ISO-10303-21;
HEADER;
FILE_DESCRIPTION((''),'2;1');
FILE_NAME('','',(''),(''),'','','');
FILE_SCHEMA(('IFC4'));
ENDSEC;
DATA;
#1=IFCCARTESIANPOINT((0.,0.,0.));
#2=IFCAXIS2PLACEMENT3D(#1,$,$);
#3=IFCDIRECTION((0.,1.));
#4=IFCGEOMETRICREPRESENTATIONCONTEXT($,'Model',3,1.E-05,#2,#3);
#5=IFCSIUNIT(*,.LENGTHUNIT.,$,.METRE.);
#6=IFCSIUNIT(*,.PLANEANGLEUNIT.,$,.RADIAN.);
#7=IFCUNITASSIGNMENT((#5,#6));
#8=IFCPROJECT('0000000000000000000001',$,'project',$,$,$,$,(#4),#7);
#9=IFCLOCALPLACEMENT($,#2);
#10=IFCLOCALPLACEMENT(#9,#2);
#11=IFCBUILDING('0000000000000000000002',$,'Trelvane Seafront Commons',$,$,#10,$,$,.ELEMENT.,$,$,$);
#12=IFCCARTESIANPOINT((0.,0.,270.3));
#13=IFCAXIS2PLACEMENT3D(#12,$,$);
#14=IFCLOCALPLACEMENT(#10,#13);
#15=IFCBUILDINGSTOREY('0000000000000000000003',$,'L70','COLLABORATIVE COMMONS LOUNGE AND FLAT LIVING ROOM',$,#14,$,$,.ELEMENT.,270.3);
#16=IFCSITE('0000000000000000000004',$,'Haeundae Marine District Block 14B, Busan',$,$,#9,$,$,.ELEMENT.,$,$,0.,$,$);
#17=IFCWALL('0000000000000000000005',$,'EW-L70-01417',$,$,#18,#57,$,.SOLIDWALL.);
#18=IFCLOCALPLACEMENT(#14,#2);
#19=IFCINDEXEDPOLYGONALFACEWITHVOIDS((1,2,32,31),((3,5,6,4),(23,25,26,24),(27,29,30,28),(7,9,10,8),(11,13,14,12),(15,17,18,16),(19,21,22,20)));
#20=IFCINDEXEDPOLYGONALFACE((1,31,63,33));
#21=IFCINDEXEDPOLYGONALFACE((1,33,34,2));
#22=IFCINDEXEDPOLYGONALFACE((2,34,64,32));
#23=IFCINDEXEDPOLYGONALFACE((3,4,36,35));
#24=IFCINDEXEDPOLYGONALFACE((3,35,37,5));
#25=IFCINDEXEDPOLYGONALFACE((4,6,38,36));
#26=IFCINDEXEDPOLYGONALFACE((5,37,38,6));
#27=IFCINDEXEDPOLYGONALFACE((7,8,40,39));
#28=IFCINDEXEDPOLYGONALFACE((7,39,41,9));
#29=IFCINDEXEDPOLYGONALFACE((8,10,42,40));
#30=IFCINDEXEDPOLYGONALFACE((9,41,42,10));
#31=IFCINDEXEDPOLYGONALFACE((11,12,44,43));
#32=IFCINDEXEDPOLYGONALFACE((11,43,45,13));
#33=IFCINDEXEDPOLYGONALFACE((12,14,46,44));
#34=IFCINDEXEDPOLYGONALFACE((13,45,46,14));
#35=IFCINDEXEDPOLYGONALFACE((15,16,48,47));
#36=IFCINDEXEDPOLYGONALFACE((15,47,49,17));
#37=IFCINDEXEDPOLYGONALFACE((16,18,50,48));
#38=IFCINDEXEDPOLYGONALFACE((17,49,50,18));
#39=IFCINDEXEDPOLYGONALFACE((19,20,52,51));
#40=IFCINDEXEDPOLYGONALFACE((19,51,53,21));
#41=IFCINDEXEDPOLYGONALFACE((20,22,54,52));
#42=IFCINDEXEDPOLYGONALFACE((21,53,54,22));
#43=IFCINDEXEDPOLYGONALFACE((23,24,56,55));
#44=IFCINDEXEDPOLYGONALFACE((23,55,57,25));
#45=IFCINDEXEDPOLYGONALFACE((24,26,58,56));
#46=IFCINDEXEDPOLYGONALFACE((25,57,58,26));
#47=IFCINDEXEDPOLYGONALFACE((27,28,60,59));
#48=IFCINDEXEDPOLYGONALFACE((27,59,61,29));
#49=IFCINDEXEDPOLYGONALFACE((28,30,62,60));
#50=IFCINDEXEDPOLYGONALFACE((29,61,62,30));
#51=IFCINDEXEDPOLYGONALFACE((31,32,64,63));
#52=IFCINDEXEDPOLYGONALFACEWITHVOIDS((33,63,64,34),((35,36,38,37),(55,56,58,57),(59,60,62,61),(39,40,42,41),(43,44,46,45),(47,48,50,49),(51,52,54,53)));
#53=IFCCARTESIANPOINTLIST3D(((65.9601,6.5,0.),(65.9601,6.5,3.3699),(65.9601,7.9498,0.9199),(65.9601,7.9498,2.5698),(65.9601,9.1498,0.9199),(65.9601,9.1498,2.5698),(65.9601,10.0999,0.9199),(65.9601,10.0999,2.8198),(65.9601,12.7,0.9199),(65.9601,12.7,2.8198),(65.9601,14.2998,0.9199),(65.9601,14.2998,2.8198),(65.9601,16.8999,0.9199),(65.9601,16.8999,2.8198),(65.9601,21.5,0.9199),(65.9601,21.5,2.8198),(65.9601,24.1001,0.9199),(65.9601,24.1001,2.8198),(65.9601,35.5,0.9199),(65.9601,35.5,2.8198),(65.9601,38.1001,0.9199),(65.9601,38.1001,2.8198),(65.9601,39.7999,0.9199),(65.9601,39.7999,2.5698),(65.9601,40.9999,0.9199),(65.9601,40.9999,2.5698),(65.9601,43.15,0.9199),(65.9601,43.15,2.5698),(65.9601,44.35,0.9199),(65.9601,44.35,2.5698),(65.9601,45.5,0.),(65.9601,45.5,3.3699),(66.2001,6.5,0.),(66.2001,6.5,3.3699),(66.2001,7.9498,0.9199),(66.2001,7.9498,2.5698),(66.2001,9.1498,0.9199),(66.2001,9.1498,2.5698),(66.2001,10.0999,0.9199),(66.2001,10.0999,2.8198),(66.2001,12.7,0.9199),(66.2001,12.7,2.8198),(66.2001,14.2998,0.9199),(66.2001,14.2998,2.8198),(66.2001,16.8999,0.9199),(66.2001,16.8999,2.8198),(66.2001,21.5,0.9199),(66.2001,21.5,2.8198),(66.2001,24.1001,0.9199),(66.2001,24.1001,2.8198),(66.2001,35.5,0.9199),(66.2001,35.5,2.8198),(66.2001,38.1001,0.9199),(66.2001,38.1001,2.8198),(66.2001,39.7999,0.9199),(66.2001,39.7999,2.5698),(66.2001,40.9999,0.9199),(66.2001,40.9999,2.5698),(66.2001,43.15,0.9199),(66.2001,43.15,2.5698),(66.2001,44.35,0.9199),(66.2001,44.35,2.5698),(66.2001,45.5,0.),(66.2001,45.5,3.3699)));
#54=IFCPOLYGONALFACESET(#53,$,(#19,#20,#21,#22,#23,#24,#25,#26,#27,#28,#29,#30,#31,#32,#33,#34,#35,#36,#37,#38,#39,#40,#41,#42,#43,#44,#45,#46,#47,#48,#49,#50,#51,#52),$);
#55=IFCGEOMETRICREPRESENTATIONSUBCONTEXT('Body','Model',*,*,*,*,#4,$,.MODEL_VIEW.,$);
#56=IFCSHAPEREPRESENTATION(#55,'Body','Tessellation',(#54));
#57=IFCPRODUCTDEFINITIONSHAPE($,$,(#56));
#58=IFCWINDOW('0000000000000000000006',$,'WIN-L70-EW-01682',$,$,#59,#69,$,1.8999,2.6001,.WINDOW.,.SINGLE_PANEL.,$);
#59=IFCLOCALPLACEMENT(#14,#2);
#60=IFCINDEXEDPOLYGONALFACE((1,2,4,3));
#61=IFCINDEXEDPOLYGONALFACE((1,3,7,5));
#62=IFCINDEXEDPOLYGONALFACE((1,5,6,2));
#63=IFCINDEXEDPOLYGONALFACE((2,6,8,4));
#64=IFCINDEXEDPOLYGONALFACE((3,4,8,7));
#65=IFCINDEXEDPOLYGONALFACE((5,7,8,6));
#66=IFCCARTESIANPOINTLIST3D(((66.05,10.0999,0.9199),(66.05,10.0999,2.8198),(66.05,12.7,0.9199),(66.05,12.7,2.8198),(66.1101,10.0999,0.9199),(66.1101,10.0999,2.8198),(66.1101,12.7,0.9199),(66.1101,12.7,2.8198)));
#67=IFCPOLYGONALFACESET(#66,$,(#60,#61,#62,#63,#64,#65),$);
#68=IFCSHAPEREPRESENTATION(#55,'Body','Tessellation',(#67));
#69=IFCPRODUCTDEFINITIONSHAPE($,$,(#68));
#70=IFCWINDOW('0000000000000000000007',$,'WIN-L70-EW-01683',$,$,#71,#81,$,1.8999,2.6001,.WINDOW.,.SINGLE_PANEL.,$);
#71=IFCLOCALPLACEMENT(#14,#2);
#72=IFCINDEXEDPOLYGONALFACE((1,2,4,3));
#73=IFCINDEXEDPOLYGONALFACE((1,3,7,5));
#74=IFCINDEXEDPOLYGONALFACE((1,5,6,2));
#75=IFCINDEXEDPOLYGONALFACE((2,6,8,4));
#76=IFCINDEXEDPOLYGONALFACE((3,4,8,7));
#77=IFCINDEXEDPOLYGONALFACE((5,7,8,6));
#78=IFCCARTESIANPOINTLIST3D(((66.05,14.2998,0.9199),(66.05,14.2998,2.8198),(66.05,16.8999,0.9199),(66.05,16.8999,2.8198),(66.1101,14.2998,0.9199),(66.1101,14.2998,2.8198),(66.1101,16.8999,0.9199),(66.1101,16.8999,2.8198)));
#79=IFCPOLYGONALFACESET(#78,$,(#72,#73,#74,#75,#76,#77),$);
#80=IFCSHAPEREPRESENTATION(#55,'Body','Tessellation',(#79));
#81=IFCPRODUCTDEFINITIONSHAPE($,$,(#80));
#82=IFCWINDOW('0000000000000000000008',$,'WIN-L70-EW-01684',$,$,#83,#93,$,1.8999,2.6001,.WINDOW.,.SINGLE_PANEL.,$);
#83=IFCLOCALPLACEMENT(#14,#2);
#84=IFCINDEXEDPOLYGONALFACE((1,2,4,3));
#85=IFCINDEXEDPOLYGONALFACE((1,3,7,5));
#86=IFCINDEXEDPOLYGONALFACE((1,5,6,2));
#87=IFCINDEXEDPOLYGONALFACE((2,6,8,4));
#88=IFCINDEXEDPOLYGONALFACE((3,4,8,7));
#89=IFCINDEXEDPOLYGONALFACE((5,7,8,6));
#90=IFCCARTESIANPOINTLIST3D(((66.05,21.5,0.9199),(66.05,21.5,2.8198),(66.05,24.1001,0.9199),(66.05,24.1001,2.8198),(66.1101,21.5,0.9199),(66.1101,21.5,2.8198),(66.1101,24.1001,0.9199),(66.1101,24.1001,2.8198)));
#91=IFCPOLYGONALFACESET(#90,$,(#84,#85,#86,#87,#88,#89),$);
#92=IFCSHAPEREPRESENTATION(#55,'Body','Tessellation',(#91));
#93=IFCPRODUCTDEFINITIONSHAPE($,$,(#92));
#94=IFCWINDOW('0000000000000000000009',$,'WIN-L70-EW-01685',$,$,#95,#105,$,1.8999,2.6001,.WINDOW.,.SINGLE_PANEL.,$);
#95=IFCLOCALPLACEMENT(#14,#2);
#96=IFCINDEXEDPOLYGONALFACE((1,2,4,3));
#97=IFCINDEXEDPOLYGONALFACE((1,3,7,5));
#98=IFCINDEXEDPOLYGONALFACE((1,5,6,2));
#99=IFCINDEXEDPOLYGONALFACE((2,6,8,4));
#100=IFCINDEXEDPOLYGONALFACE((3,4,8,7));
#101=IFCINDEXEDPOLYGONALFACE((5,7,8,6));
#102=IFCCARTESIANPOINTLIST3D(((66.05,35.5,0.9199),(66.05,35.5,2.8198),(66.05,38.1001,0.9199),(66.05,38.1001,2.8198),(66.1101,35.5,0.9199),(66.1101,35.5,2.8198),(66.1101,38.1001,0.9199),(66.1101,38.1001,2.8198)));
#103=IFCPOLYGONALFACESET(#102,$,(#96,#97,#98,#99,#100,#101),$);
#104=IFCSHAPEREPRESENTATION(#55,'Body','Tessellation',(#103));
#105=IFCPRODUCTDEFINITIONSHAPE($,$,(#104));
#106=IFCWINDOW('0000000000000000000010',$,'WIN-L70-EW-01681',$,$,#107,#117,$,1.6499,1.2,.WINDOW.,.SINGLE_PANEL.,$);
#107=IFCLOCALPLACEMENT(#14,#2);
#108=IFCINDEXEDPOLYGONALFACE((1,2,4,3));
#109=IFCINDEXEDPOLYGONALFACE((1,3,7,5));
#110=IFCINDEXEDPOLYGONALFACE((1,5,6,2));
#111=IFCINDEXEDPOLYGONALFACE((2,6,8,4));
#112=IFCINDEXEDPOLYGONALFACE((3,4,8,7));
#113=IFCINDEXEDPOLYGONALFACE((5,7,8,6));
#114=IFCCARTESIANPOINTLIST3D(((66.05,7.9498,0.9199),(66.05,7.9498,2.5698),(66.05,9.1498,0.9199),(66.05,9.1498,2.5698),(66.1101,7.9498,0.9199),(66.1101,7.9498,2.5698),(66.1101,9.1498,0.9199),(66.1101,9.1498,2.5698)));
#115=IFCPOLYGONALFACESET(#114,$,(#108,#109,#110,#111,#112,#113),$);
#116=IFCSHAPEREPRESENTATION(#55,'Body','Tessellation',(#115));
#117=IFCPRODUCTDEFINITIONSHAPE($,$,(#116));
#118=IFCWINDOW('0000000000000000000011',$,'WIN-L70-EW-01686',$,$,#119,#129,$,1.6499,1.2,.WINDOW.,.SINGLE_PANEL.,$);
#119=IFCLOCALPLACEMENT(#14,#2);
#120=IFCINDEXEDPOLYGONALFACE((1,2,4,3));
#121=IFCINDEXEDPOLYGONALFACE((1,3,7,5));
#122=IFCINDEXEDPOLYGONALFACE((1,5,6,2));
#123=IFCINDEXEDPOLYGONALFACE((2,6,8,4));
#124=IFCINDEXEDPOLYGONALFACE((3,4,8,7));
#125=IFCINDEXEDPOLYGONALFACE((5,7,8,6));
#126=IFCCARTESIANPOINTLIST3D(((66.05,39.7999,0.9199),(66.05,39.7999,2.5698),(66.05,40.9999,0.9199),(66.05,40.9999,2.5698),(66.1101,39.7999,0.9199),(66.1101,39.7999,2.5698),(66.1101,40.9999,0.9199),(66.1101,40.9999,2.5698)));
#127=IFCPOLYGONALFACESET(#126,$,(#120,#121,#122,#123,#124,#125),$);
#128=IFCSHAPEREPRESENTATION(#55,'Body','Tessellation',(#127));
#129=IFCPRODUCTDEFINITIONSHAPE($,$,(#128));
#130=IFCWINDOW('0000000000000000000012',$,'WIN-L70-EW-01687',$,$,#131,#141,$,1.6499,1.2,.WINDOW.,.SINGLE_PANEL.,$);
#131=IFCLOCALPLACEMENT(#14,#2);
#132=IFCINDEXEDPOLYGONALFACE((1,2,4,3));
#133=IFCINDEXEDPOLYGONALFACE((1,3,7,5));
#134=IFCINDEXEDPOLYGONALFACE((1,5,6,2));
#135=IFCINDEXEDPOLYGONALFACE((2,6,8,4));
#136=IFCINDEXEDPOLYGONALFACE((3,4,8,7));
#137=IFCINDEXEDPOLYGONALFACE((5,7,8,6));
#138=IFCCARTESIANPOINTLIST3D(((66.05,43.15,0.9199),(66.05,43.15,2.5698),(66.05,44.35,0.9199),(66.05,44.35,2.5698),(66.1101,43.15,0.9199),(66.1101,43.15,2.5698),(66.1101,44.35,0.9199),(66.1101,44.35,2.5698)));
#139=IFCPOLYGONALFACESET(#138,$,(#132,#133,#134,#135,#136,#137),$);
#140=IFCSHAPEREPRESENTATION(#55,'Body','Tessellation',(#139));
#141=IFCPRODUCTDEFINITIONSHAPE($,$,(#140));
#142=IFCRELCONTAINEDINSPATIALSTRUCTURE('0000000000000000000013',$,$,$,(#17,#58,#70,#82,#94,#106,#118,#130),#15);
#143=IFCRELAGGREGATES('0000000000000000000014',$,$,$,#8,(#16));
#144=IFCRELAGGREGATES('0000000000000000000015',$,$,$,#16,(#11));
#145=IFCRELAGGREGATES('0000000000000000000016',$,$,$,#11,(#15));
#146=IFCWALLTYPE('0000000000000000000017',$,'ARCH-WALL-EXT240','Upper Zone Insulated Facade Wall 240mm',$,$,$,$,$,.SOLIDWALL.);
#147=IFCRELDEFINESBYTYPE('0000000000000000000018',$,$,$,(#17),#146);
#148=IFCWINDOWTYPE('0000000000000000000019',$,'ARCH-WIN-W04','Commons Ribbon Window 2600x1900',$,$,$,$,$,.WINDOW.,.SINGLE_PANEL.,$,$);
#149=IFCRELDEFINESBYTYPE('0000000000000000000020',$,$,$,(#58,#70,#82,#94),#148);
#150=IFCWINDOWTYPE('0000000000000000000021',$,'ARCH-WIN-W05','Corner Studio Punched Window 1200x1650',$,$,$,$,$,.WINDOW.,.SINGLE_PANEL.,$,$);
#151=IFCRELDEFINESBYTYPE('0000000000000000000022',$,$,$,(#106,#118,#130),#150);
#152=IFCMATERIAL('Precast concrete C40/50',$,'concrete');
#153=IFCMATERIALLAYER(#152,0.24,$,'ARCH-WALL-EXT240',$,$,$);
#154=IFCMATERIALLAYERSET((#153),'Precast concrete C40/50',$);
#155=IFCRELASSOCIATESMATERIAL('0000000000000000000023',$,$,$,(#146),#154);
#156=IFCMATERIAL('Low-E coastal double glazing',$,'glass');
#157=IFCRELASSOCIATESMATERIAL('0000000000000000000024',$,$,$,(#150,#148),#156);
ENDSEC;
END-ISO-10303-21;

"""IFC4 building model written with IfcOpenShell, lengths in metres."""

from ifc_helpers import new_model, si_unit, direction, frame, frame_2d, origin, place, context, subcontext, project, spatial, rectangle, extrude, source, transform, mapped, material, layer, layer_set, type_object, element, fill, save


model = new_model("IFC4")

# Units and contexts
model_context = context("Model", 3, precision=1e-05, world=origin(), true_north=direction((0.0, 1.0)))
body_context = subcontext(model_context, "Body", "Model", "MODEL_VIEW")
ifc_project = project(units=[si_unit("LENGTHUNIT", "METRE"), si_unit("PLANEANGLEUNIT", "RADIAN")], contexts=[model_context])

# Site, building, storey
site_placement = place(None, origin())
site = spatial("IfcSite", under=ifc_project, at=site_placement, Name="Haeundae Marine District Block 14B, Busan", CompositionType="ELEMENT", RefElevation=0.0)
building_placement = place(site_placement, origin())
building = spatial("IfcBuilding", under=site, at=building_placement, Name="Trelvane Seafront Commons", CompositionType="ELEMENT")
storey_placement = place(building_placement, frame((0.0, 0.0, 270.3)))
storey = spatial("IfcBuildingStorey", under=building, at=storey_placement, Name="L70", Description="COLLABORATIVE COMMONS LOUNGE AND FLAT LIVING ROOM", CompositionType="ELEMENT", Elevation=270.3)

# Shared definitions
ifc_material_1 = material(Name="Low-E coastal double glazing", Category="glass")

# Shared definitions
ifc_material_2 = material(Name="Precast concrete C40/50", Category="concrete")
ifc_layer_1 = layer(ifc_material_2, 0.24, Name="ARCH-WALL-EXT240")
ifc_layer_set_1 = layer_set([ifc_layer_1], Name="Precast concrete C40/50")
wall_type = type_object("IfcWallType", Name="ARCH-WALL-EXT240", Description="Upper Zone Insulated Facade Wall 240mm", PredefinedType="SOLIDWALL", material=ifc_layer_set_1)
window_type_1 = type_object("IfcWindowType", Name="ARCH-WIN-W05", Description="Corner Studio Punched Window 1200x1650", PartitioningType="SINGLE_PANEL", PredefinedType="WINDOW", material=ifc_material_1)
shared_shape_1 = source(origin(), body_context, "Body", "SweptSolid", [
    extrude(rectangle(XDim=1.2, YDim=1.6499, at=frame_2d((0.6001, 0.825))), frame((0.0, 0.03, 0.0), z_axis=(0.0, -1.0, 0.0), x_axis=(1.0, 0.0, 0.0)), (0.0, 0.0, 1.0), 0.0601),
])

# Wall, openings, windows
wall_1_placement = place(storey_placement, frame((66.0801, 45.5, 0.0), z_axis=(0.0, 0.0, 1.0), x_axis=(0.0, -1.0, 0.0)))
wall_1 = element("IfcWall", 1, at=wall_1_placement, inside=storey, type_object=wall_type, Name="EW-L70-01417", PredefinedType="SOLIDWALL", context=body_context, shape_type="SweptSolid", body=[
    extrude(rectangle(XDim=39.0, YDim=0.24, at=frame_2d((19.5, 0.0))), origin(), (0.0, 0.0, 1.0), 3.3699),
])
opening_1_placement = place(wall_1_placement, frame((36.3501, 0.0, 0.9199)))
opening_1 = element("IfcOpeningElement", 2, at=opening_1_placement, cuts=wall_1, PredefinedType="OPENING", context=body_context, shape_type="SweptSolid", body=[
    extrude(rectangle(XDim=1.2, YDim=1.6499, at=frame_2d((0.6001, 0.825))), frame((0.0, 0.1299, 0.0), z_axis=(0.0, -1.0, 0.0), x_axis=(1.0, 0.0, 0.0)), (0.0, 0.0, 1.0), 0.26),
])
opening_2_placement = place(wall_1_placement, frame((32.8, 0.0, 0.9199)))
opening_2 = element("IfcOpeningElement", 3, at=opening_2_placement, cuts=wall_1, PredefinedType="OPENING", context=body_context, shape_type="SweptSolid", body=[
    extrude(rectangle(XDim=2.6001, YDim=1.8999, at=frame_2d((1.3, 0.95))), frame((0.0, 0.1299, 0.0), z_axis=(0.0, -1.0, 0.0), x_axis=(1.0, 0.0, 0.0)), (0.0, 0.0, 1.0), 0.26),
])
opening_3_placement = place(wall_1_placement, frame((28.6001, 0.0, 0.9199)))
opening_3 = element("IfcOpeningElement", 4, at=opening_3_placement, cuts=wall_1, PredefinedType="OPENING", context=body_context, shape_type="SweptSolid", body=[
    extrude(rectangle(XDim=2.6001, YDim=1.8999, at=frame_2d((1.3, 0.95))), frame((0.0, 0.1299, 0.0), z_axis=(0.0, -1.0, 0.0), x_axis=(1.0, 0.0, 0.0)), (0.0, 0.0, 1.0), 0.26),
])
opening_4_placement = place(wall_1_placement, frame((21.3999, 0.0, 0.9199)))
opening_4 = element("IfcOpeningElement", 5, at=opening_4_placement, cuts=wall_1, PredefinedType="OPENING", context=body_context, shape_type="SweptSolid", body=[
    extrude(rectangle(XDim=2.6001, YDim=1.8999, at=frame_2d((1.3, 0.95))), frame((0.0, 0.1299, 0.0), z_axis=(0.0, -1.0, 0.0), x_axis=(1.0, 0.0, 0.0)), (0.0, 0.0, 1.0), 0.26),
])
opening_5_placement = place(wall_1_placement, frame((7.3999, 0.0, 0.9199)))
opening_5 = element("IfcOpeningElement", 6, at=opening_5_placement, cuts=wall_1, PredefinedType="OPENING", context=body_context, shape_type="SweptSolid", body=[
    extrude(rectangle(XDim=2.6001, YDim=1.8999, at=frame_2d((1.3, 0.95))), frame((0.0, 0.1299, 0.0), z_axis=(0.0, -1.0, 0.0), x_axis=(1.0, 0.0, 0.0)), (0.0, 0.0, 1.0), 0.26),
])
opening_6_placement = place(wall_1_placement, frame((4.5, 0.0, 0.9199)))
opening_6 = element("IfcOpeningElement", 7, at=opening_6_placement, cuts=wall_1, PredefinedType="OPENING", context=body_context, shape_type="SweptSolid", body=[
    extrude(rectangle(XDim=1.2, YDim=1.6499, at=frame_2d((0.6001, 0.825))), frame((0.0, 0.1299, 0.0), z_axis=(0.0, -1.0, 0.0), x_axis=(1.0, 0.0, 0.0)), (0.0, 0.0, 1.0), 0.26),
])
opening_7_placement = place(wall_1_placement, frame((1.1499, 0.0, 0.9199)))
opening_7 = element("IfcOpeningElement", 8, at=opening_7_placement, cuts=wall_1, PredefinedType="OPENING", context=body_context, shape_type="SweptSolid", body=[
    extrude(rectangle(XDim=1.2, YDim=1.6499, at=frame_2d((0.6001, 0.825))), frame((0.0, 0.1299, 0.0), z_axis=(0.0, -1.0, 0.0), x_axis=(1.0, 0.0, 0.0)), (0.0, 0.0, 1.0), 0.26),
])
window_type_2 = type_object("IfcWindowType", Name="ARCH-WIN-W04", Description="Commons Ribbon Window 2600x1900", PartitioningType="SINGLE_PANEL", PredefinedType="WINDOW", material=ifc_material_1)
shared_shape_2 = source(origin(), body_context, "Body", "SweptSolid", [
    extrude(rectangle(XDim=2.6001, YDim=1.8999, at=frame_2d((1.3, 0.95))), frame((0.0, 0.03, 0.0), z_axis=(0.0, -1.0, 0.0), x_axis=(1.0, 0.0, 0.0)), (0.0, 0.0, 1.0), 0.0601),
])
window_1_placement = place(opening_2_placement, origin())
window_1 = element("IfcWindow", 9, at=window_1_placement, inside=storey, type_object=window_type_2, Name="WIN-L70-EW-01682", OverallHeight=1.8999, OverallWidth=2.6001, PartitioningType="SINGLE_PANEL", PredefinedType="WINDOW", context=body_context, shape_type="MappedRepresentation", body=[
    mapped(shared_shape_2, transform((0.0, 0.0, 0.0), x_axis=(1.0, 0.0, 0.0), y_axis=(0.0, 1.0, 0.0), z_axis=(0.0, 0.0, 1.0), scale=1.0)),
])
fill(opening_2, window_1)
window_2_placement = place(opening_3_placement, origin())
window_2 = element("IfcWindow", 10, at=window_2_placement, inside=storey, type_object=window_type_2, Name="WIN-L70-EW-01683", OverallHeight=1.8999, OverallWidth=2.6001, PartitioningType="SINGLE_PANEL", PredefinedType="WINDOW", context=body_context, shape_type="MappedRepresentation", body=[
    mapped(shared_shape_2, transform((0.0, 0.0, 0.0), x_axis=(1.0, 0.0, 0.0), y_axis=(0.0, 1.0, 0.0), z_axis=(0.0, 0.0, 1.0), scale=1.0)),
])
fill(opening_3, window_2)
window_3_placement = place(opening_4_placement, origin())
window_3 = element("IfcWindow", 11, at=window_3_placement, inside=storey, type_object=window_type_2, Name="WIN-L70-EW-01684", OverallHeight=1.8999, OverallWidth=2.6001, PartitioningType="SINGLE_PANEL", PredefinedType="WINDOW", context=body_context, shape_type="MappedRepresentation", body=[
    mapped(shared_shape_2, transform((0.0, 0.0, 0.0), x_axis=(1.0, 0.0, 0.0), y_axis=(0.0, 1.0, 0.0), z_axis=(0.0, 0.0, 1.0), scale=1.0)),
])
fill(opening_4, window_3)
window_4_placement = place(opening_5_placement, origin())
window_4 = element("IfcWindow", 12, at=window_4_placement, inside=storey, type_object=window_type_2, Name="WIN-L70-EW-01685", OverallHeight=1.8999, OverallWidth=2.6001, PartitioningType="SINGLE_PANEL", PredefinedType="WINDOW", context=body_context, shape_type="MappedRepresentation", body=[
    mapped(shared_shape_2, transform((0.0, 0.0, 0.0), x_axis=(1.0, 0.0, 0.0), y_axis=(0.0, 1.0, 0.0), z_axis=(0.0, 0.0, 1.0), scale=1.0)),
])
fill(opening_5, window_4)
window_5_placement = place(opening_1_placement, origin())
window_5 = element("IfcWindow", 13, at=window_5_placement, inside=storey, type_object=window_type_1, Name="WIN-L70-EW-01681", OverallHeight=1.6499, OverallWidth=1.2, PartitioningType="SINGLE_PANEL", PredefinedType="WINDOW", context=body_context, shape_type="MappedRepresentation", body=[
    mapped(shared_shape_1, transform((0.0, 0.0, 0.0), x_axis=(1.0, 0.0, 0.0), y_axis=(0.0, 1.0, 0.0), z_axis=(0.0, 0.0, 1.0), scale=1.0)),
])
fill(opening_1, window_5)
window_6_placement = place(opening_6_placement, origin())
window_6 = element("IfcWindow", 14, at=window_6_placement, inside=storey, type_object=window_type_1, Name="WIN-L70-EW-01686", OverallHeight=1.6499, OverallWidth=1.2, PartitioningType="SINGLE_PANEL", PredefinedType="WINDOW", context=body_context, shape_type="MappedRepresentation", body=[
    mapped(shared_shape_1, transform((0.0, 0.0, 0.0), x_axis=(1.0, 0.0, 0.0), y_axis=(0.0, 1.0, 0.0), z_axis=(0.0, 0.0, 1.0), scale=1.0)),
])
fill(opening_6, window_6)
window_7_placement = place(opening_7_placement, origin())
window_7 = element("IfcWindow", 15, at=window_7_placement, inside=storey, type_object=window_type_1, Name="WIN-L70-EW-01687", OverallHeight=1.6499, OverallWidth=1.2, PartitioningType="SINGLE_PANEL", PredefinedType="WINDOW", context=body_context, shape_type="MappedRepresentation", body=[
    mapped(shared_shape_1, transform((0.0, 0.0, 0.0), x_axis=(1.0, 0.0, 0.0), y_axis=(0.0, 1.0, 0.0), z_axis=(0.0, 0.0, 1.0), scale=1.0)),
])
fill(opening_7, window_7)

save(model, "model.ifc")
